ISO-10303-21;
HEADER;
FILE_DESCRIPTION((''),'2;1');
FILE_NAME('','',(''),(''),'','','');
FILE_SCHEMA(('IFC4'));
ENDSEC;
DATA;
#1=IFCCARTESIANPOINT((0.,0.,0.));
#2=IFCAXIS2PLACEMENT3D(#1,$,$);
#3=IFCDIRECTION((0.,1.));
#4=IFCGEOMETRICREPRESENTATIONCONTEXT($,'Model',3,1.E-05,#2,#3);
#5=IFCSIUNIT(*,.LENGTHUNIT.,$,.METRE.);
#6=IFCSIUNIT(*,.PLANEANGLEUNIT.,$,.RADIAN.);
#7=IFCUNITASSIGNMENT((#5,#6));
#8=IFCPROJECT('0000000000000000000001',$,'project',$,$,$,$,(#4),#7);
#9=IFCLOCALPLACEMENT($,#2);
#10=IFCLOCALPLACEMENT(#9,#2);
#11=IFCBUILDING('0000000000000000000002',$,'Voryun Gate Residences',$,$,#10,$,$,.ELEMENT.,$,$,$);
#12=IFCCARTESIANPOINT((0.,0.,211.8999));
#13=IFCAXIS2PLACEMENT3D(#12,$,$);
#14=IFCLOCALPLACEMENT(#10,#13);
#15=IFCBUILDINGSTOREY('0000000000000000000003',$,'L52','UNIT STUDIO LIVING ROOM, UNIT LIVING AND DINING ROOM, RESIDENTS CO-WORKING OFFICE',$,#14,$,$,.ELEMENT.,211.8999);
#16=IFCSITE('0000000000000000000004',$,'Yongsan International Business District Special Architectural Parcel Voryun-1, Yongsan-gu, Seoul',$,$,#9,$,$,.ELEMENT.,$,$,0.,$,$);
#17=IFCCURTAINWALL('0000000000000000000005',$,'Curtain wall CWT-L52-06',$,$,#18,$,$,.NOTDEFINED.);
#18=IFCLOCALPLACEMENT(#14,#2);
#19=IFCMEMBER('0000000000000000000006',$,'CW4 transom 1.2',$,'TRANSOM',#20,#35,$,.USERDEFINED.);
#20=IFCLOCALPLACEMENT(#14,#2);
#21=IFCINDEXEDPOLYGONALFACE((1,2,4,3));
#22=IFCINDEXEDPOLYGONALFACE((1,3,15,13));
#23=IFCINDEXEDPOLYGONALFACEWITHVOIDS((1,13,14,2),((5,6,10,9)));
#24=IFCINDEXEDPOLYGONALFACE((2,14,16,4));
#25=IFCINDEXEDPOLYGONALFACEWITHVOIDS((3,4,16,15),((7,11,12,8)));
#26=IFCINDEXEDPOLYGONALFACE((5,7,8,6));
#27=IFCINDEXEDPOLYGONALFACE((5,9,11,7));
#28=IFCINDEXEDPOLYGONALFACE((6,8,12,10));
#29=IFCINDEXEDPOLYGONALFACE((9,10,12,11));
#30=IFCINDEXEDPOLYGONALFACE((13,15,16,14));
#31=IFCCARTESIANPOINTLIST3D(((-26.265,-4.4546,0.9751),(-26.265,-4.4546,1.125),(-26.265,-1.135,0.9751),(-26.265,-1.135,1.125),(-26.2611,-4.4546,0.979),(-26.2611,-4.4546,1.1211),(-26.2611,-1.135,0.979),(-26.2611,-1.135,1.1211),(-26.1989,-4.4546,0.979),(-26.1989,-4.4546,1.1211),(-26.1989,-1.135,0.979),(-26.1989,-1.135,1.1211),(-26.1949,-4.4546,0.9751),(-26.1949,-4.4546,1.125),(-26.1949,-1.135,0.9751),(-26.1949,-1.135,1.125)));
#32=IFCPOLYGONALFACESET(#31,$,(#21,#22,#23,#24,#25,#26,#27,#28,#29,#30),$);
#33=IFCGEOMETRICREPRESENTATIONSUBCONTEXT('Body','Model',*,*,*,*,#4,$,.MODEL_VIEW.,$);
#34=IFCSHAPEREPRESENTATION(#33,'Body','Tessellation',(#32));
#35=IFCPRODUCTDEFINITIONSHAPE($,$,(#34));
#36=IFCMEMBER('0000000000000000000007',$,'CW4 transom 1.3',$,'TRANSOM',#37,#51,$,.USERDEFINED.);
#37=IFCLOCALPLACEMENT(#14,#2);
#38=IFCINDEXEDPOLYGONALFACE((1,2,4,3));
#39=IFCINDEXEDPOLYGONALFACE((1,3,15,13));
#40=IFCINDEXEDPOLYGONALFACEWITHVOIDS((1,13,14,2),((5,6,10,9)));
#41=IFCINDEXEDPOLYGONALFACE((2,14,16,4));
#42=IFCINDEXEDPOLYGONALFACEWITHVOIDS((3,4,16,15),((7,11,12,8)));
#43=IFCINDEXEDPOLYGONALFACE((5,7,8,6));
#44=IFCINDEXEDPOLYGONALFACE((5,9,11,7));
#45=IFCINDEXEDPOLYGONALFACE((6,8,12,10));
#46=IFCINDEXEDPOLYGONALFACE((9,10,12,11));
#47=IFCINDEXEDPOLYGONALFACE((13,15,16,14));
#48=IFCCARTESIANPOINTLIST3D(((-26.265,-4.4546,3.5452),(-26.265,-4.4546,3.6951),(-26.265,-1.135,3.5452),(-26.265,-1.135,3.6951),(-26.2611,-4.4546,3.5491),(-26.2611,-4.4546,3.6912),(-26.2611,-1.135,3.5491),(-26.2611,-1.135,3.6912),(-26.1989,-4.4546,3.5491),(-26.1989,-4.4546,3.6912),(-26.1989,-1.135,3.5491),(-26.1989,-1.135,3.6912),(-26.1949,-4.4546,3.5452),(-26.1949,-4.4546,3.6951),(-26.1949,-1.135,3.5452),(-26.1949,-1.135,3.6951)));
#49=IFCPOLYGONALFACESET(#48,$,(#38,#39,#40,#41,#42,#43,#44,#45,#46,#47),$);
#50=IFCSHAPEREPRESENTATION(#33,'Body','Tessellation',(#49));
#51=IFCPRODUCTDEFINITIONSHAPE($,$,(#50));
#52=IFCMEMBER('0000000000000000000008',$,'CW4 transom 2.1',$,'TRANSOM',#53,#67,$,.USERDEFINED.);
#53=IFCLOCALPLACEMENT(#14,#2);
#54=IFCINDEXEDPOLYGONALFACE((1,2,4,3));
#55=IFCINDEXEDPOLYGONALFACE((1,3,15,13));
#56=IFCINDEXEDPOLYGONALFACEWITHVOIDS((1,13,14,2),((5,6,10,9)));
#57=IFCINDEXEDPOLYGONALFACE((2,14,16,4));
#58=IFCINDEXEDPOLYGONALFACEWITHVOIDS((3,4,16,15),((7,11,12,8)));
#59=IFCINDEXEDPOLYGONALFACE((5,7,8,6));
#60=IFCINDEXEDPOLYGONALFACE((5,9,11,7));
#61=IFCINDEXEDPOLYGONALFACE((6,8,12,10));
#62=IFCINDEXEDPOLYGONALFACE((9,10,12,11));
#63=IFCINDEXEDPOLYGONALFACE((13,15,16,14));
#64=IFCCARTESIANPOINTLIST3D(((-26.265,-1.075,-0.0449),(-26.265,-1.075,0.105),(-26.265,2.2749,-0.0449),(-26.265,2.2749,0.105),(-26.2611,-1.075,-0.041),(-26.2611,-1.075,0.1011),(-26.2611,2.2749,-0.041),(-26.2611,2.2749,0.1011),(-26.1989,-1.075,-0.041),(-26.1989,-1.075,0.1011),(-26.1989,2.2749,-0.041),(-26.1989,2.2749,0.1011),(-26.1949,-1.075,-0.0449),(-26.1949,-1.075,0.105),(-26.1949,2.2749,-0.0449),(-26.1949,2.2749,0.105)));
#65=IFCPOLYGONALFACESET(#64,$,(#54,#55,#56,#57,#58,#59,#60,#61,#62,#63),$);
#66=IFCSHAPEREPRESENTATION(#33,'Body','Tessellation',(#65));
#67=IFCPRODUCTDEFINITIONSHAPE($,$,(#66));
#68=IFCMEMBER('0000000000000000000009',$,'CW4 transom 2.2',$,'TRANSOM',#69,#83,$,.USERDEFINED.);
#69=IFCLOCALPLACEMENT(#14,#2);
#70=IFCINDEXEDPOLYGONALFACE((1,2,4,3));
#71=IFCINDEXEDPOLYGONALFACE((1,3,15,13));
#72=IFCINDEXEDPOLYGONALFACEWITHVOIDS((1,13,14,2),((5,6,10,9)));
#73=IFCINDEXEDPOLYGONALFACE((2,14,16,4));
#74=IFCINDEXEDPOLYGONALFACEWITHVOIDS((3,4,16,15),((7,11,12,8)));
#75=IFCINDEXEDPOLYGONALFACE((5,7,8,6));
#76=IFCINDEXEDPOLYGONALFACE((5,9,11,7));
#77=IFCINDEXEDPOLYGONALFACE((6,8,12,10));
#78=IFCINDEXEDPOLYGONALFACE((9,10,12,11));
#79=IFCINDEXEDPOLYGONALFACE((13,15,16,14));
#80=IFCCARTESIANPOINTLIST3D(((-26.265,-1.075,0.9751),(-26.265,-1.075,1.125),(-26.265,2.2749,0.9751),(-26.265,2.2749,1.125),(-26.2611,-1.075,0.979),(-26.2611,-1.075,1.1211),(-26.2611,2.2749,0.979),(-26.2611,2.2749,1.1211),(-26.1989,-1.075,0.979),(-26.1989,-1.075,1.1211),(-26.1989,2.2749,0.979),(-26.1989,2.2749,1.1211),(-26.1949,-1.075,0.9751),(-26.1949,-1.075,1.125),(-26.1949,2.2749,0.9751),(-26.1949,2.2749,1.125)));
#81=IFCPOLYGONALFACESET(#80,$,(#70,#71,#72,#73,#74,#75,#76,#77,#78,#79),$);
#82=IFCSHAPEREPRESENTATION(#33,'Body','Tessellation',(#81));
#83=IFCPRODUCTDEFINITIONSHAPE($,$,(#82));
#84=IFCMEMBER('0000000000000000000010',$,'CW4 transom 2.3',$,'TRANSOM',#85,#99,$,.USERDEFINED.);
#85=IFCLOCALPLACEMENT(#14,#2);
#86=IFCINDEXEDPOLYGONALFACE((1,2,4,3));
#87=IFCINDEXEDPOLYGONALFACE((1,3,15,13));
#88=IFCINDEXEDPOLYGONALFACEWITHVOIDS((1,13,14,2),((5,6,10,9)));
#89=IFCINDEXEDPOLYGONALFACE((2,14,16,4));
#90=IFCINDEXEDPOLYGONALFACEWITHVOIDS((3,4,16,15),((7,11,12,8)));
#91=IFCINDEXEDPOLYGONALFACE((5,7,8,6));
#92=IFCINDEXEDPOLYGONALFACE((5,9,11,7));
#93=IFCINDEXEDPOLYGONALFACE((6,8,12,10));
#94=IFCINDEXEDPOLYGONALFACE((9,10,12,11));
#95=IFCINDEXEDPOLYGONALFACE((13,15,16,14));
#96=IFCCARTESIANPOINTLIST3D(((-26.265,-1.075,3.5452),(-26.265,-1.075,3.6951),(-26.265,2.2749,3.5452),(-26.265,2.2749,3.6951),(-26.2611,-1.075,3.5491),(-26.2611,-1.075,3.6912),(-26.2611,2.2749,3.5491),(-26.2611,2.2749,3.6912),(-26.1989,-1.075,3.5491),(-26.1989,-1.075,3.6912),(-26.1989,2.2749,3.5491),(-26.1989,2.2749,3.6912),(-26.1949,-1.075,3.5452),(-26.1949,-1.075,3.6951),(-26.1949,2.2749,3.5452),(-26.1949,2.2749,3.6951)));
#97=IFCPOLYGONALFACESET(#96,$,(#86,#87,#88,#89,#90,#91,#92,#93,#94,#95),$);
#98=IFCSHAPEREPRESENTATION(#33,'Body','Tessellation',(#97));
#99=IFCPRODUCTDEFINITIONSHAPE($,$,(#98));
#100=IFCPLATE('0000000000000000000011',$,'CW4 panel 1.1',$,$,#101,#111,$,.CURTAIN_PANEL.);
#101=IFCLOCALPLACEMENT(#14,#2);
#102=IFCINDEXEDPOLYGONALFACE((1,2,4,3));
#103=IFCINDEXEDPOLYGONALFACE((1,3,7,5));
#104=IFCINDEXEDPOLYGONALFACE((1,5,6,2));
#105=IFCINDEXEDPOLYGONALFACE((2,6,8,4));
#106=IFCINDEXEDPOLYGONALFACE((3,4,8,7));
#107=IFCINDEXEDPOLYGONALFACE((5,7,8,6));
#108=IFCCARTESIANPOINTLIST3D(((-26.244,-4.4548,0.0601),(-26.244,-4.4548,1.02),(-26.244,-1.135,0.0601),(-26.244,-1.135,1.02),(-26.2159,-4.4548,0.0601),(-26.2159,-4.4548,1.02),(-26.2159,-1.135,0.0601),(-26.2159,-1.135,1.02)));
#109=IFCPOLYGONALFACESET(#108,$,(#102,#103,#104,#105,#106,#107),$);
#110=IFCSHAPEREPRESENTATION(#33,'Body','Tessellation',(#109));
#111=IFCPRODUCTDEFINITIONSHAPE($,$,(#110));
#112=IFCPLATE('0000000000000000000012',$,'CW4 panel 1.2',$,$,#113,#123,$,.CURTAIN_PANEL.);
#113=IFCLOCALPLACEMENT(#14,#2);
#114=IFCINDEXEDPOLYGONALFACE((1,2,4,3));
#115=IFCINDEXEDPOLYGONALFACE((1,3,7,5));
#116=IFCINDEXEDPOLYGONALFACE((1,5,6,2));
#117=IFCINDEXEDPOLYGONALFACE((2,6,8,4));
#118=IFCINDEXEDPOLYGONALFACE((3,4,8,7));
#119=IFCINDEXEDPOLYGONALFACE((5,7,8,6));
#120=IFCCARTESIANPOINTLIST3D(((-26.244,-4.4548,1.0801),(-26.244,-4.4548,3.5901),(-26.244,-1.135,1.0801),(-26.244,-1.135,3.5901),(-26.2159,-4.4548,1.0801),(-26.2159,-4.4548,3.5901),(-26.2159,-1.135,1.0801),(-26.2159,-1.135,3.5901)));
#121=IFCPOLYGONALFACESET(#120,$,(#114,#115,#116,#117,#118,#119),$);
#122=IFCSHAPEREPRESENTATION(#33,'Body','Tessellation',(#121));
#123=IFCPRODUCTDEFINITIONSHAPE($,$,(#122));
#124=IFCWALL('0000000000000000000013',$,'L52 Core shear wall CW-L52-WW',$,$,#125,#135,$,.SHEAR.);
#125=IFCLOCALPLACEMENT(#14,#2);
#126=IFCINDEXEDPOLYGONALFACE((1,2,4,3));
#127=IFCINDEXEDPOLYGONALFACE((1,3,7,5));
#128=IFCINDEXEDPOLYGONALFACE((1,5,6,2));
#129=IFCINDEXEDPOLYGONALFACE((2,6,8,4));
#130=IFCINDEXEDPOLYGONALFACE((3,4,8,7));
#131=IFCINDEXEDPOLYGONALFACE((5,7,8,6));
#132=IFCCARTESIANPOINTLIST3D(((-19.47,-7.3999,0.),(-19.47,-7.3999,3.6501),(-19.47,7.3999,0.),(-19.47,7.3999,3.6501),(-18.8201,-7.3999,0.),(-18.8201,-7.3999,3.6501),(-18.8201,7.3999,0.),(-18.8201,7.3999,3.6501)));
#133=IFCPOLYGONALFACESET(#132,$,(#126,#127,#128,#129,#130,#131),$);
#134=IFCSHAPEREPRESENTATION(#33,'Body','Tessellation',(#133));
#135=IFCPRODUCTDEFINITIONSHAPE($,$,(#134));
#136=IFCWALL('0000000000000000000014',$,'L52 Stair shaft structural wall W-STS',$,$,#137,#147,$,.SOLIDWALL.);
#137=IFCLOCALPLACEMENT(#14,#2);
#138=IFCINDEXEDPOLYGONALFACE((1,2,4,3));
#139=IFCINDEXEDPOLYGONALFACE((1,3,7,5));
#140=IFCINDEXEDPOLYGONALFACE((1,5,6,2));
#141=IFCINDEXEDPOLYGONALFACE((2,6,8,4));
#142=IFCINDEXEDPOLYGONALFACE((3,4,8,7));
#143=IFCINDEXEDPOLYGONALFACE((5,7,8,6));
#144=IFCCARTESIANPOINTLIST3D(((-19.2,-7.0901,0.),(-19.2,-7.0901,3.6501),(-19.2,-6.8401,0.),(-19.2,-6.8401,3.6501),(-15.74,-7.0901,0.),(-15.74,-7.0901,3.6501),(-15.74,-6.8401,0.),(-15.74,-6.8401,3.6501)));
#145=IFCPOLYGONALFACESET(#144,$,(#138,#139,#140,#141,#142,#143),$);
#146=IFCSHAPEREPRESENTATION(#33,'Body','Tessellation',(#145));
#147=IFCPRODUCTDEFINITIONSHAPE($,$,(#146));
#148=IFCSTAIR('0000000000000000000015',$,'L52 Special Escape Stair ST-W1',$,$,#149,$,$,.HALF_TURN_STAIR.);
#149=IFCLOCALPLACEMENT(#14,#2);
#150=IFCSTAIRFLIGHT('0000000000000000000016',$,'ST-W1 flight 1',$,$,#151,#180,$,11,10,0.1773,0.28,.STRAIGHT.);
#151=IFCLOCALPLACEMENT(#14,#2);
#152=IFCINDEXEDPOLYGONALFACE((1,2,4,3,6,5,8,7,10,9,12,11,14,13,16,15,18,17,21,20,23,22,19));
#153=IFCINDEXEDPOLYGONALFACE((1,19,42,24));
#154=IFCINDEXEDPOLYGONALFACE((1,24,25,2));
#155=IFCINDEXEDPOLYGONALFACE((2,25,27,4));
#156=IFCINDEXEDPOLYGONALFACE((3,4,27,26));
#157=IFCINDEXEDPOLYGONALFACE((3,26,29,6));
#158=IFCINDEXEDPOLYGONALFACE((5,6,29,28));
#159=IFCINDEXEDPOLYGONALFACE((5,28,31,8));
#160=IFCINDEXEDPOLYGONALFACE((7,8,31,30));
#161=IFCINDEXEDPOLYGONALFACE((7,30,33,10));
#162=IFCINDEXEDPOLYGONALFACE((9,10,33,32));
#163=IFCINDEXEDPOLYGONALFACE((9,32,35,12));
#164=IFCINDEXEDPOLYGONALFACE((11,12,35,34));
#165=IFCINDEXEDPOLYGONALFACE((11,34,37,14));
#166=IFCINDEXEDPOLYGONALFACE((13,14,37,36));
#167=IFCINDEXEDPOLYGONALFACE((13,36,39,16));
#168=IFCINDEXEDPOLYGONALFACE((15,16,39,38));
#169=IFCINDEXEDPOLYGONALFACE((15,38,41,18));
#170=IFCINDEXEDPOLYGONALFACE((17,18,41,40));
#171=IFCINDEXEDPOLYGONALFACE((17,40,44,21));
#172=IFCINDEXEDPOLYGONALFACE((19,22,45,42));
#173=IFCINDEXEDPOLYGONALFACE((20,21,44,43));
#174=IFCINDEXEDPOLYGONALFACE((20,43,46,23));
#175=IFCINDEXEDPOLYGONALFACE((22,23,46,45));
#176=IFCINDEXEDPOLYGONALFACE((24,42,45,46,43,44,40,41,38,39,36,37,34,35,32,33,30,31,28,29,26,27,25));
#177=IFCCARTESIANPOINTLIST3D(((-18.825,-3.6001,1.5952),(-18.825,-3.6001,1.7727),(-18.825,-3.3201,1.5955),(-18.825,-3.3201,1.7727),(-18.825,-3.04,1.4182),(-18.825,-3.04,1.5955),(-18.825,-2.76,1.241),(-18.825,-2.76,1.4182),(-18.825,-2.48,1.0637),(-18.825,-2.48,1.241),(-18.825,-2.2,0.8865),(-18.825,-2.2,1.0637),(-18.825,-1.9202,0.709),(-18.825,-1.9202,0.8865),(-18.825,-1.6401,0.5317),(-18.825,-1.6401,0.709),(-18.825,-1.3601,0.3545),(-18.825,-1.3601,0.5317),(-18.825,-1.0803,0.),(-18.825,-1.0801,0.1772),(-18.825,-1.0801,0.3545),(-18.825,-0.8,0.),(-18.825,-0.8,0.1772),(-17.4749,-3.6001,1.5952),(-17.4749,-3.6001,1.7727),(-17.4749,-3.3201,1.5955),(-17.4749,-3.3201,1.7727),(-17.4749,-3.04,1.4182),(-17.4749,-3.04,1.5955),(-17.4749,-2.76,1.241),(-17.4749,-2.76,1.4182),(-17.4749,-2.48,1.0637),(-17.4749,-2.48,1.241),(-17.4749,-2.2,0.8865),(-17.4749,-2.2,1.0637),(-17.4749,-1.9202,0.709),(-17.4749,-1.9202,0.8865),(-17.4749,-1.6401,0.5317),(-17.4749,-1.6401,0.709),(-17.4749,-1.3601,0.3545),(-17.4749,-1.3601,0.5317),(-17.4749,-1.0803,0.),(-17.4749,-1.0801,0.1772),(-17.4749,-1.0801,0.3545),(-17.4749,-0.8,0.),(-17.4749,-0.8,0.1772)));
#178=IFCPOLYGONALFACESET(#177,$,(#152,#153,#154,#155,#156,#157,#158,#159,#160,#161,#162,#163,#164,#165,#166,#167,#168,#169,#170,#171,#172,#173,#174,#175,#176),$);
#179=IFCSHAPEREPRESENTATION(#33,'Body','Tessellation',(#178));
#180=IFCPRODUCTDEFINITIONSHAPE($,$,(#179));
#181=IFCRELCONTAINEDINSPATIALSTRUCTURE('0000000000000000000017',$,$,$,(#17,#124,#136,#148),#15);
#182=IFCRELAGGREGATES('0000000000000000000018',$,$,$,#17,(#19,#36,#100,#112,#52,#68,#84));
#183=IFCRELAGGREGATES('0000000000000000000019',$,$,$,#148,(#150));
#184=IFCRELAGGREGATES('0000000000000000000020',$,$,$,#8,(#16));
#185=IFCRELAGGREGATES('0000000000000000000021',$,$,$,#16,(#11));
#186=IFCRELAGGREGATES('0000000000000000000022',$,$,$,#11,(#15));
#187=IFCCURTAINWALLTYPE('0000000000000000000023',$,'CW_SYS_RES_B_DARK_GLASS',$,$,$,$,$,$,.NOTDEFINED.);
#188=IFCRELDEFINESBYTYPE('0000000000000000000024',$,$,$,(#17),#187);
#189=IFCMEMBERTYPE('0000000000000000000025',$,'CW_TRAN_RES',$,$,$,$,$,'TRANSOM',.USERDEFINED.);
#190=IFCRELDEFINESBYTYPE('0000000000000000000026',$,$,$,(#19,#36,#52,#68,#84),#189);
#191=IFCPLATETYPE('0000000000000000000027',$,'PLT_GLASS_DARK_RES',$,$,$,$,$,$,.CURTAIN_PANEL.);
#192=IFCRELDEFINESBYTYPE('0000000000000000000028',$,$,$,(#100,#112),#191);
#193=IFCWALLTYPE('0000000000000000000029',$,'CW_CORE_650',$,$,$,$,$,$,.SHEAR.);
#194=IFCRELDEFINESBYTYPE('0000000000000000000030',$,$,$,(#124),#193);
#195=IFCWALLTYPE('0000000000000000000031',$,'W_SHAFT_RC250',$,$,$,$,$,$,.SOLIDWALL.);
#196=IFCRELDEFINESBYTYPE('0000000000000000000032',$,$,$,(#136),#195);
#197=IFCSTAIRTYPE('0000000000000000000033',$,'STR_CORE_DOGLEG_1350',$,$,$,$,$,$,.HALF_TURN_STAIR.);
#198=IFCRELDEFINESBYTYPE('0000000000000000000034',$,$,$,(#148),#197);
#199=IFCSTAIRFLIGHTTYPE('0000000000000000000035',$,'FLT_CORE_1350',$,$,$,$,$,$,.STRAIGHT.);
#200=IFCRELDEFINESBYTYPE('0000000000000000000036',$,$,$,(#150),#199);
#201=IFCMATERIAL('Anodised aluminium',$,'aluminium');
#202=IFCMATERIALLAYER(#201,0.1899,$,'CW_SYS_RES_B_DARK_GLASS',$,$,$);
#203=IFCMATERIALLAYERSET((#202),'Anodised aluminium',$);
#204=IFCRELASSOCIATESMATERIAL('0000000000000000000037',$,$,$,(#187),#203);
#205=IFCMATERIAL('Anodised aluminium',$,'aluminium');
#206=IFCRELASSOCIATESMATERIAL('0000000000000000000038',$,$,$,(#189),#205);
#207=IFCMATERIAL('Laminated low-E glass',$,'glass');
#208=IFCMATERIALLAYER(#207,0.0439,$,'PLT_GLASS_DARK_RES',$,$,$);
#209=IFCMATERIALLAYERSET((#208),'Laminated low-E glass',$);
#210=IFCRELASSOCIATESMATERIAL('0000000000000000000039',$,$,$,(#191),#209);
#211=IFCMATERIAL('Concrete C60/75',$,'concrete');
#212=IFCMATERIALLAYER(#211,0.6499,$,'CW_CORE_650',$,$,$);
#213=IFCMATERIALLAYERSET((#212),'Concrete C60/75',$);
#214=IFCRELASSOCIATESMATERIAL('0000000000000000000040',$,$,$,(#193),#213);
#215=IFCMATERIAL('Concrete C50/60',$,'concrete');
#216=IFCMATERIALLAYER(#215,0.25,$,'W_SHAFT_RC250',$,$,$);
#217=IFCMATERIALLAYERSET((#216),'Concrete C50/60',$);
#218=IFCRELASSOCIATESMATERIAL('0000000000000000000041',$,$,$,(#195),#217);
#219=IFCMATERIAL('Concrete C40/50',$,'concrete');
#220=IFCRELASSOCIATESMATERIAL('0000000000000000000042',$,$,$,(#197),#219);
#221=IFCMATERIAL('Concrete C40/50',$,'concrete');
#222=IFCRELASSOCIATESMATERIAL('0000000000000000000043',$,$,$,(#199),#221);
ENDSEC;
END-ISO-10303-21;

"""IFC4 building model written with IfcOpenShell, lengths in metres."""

from ifc_helpers import new_model, si_unit, direction, frame, frame_2d, origin, origin_2d, place, context, subcontext, project, spatial, polyline, rectangle, hollow_rectangle, outline, extrude, material, layer, layer_set, material_profile, profile_set, type_object, element, aggregate, save


model = new_model("IFC4")

# Units and contexts
model_context = context("Model", 3, precision=1e-05, world=origin(), true_north=direction((0.0, 1.0)))
body_context = subcontext(model_context, "Body", "Model", "MODEL_VIEW")
ifc_project = project(units=[si_unit("LENGTHUNIT", "METRE"), si_unit("PLANEANGLEUNIT", "RADIAN")], contexts=[model_context])

# Site, building, storey
site_placement = place(None, origin())
site = spatial("IfcSite", under=ifc_project, at=site_placement, Name="Yongsan International Business District Special Architectural Parcel Voryun-1, Yongsan-gu, Seoul", CompositionType="ELEMENT", RefElevation=0.0)
building_placement = place(site_placement, origin())
building = spatial("IfcBuilding", under=site, at=building_placement, Name="Voryun Gate Residences", CompositionType="ELEMENT")
storey_placement = place(building_placement, frame((0.0, 0.0, 211.8999)))
storey = spatial("IfcBuildingStorey", under=building, at=storey_placement, Name="L52", Description="UNIT STUDIO LIVING ROOM, UNIT LIVING AND DINING ROOM, RESIDENTS CO-WORKING OFFICE", CompositionType="ELEMENT", Elevation=211.8999)

# Curtain wall, members, plates
ifc_material_1 = material(Name="Anodised aluminium", Category="aluminium")
ifc_layer_1 = layer(ifc_material_1, 0.1899, Name="CW_SYS_RES_B_DARK_GLASS")
ifc_layer_set_1 = layer_set([ifc_layer_1], Name="Anodised aluminium")
curtain_wall_type = type_object("IfcCurtainWallType", Name="CW_SYS_RES_B_DARK_GLASS", PredefinedType="NOTDEFINED", material=ifc_layer_set_1)
curtain_wall_placement = place(storey_placement, origin())
curtain_wall = element("IfcCurtainWall", 1, at=curtain_wall_placement, inside=storey, type_object=curtain_wall_type, Name="Curtain wall CWT-L52-06", PredefinedType="NOTDEFINED")
ifc_material_2 = material(Name="Anodised aluminium", Category="aluminium")
ifc_material_profile_1 = material_profile(ifc_material_2, hollow_rectangle(XDim=0.0701, YDim=0.1499, WallThickness=0.0039, at=origin_2d()), Name="ALU-TRAN-150x70x4")
ifc_profile_set_1 = profile_set([ifc_material_profile_1], Name="Anodised aluminium")
member_type_1 = type_object("IfcMemberType", Name="CW_TRAN_RES", ElementType="TRANSOM", PredefinedType="USERDEFINED", material=ifc_profile_set_1)
member_1_placement = place(storey_placement, frame((-26.23, -4.4546, 1.05), z_axis=(0.0, 1.0, 0.0), x_axis=(-1.0, 0.0, 0.0)))
member_1 = element("IfcMember", 2, at=member_1_placement, type_object=member_type_1, Name="CW4 transom 1.2", ObjectType="TRANSOM", PredefinedType="USERDEFINED", context=body_context, shape_type="SweptSolid", body=[
    extrude(hollow_rectangle(XDim=0.0701, YDim=0.1499, WallThickness=0.0039, at=origin_2d()), origin(), (0.0, 0.0, 1.0), 3.3196),
])
member_2_placement = place(storey_placement, frame((-26.23, -4.4546, 3.6201), z_axis=(0.0, 1.0, 0.0), x_axis=(-1.0, 0.0, 0.0)))
member_2 = element("IfcMember", 3, at=member_2_placement, type_object=member_type_1, Name="CW4 transom 1.3", ObjectType="TRANSOM", PredefinedType="USERDEFINED", context=body_context, shape_type="SweptSolid", body=[
    extrude(hollow_rectangle(XDim=0.0701, YDim=0.1499, WallThickness=0.0039, at=origin_2d()), origin(), (0.0, 0.0, 1.0), 3.3196),
])
member_3_placement = place(storey_placement, frame((-26.23, -1.075, 0.03), z_axis=(0.0, 1.0, 0.0), x_axis=(-1.0, 0.0, 0.0)))
member_3 = element("IfcMember", 4, at=member_3_placement, type_object=member_type_1, Name="CW4 transom 2.1", ObjectType="TRANSOM", PredefinedType="USERDEFINED", context=body_context, shape_type="SweptSolid", body=[
    extrude(hollow_rectangle(XDim=0.0701, YDim=0.1499, WallThickness=0.0039, at=origin_2d()), origin(), (0.0, 0.0, 1.0), 3.3499),
])
member_4_placement = place(storey_placement, frame((-26.23, -1.075, 1.05), z_axis=(0.0, 1.0, 0.0), x_axis=(-1.0, 0.0, 0.0)))
member_4 = element("IfcMember", 5, at=member_4_placement, type_object=member_type_1, Name="CW4 transom 2.2", ObjectType="TRANSOM", PredefinedType="USERDEFINED", context=body_context, shape_type="SweptSolid", body=[
    extrude(hollow_rectangle(XDim=0.0701, YDim=0.1499, WallThickness=0.0039, at=origin_2d()), origin(), (0.0, 0.0, 1.0), 3.3499),
])
member_5_placement = place(storey_placement, frame((-26.23, -1.075, 3.6201), z_axis=(0.0, 1.0, 0.0), x_axis=(-1.0, 0.0, 0.0)))
member_5 = element("IfcMember", 6, at=member_5_placement, type_object=member_type_1, Name="CW4 transom 2.3", ObjectType="TRANSOM", PredefinedType="USERDEFINED", context=body_context, shape_type="SweptSolid", body=[
    extrude(hollow_rectangle(XDim=0.0701, YDim=0.1499, WallThickness=0.0039, at=origin_2d()), origin(), (0.0, 0.0, 1.0), 3.3499),
])
ifc_material_3 = material(Name="Laminated low-E glass", Category="glass")
ifc_layer_2 = layer(ifc_material_3, 0.0439, Name="PLT_GLASS_DARK_RES")
ifc_layer_set_2 = layer_set([ifc_layer_2], Name="Laminated low-E glass")
plate_type = type_object("IfcPlateType", Name="PLT_GLASS_DARK_RES", PredefinedType="CURTAIN_PANEL", material=ifc_layer_set_2)
plate_1_placement = place(storey_placement, frame((-26.23, -2.7949, 0.0601), z_axis=(0.0, 0.0, 1.0), x_axis=(0.0, 1.0, 0.0)))
plate_1 = element("IfcPlate", 7, at=plate_1_placement, type_object=plate_type, Name="CW4 panel 1.1", PredefinedType="CURTAIN_PANEL", context=body_context, shape_type="SweptSolid", body=[
    extrude(rectangle(XDim=3.3198, YDim=0.0281, at=origin_2d()), origin(), (0.0, 0.0, 1.0), 0.96),
])
plate_2_placement = place(storey_placement, frame((-26.23, -2.7949, 1.0801), z_axis=(0.0, 0.0, 1.0), x_axis=(0.0, 1.0, 0.0)))
plate_2 = element("IfcPlate", 8, at=plate_2_placement, type_object=plate_type, Name="CW4 panel 1.2", PredefinedType="CURTAIN_PANEL", context=body_context, shape_type="SweptSolid", body=[
    extrude(rectangle(XDim=3.3198, YDim=0.0281, at=origin_2d()), origin(), (0.0, 0.0, 1.0), 2.51),
])
aggregate(curtain_wall, [member_1, member_2, plate_1, plate_2, member_3, member_4, member_5])

# Walls
ifc_material_4 = material(Name="Concrete C60/75", Category="concrete")
ifc_layer_3 = layer(ifc_material_4, 0.6499, Name="CW_CORE_650")
ifc_layer_set_3 = layer_set([ifc_layer_3], Name="Concrete C60/75")
wall_type_1 = type_object("IfcWallType", Name="CW_CORE_650", PredefinedType="SHEAR", material=ifc_layer_set_3)
wall_1_placement = place(storey_placement, frame((-19.145, -7.3999, 0.0), z_axis=(0.0, 0.0, 1.0), x_axis=(0.0, 1.0, 0.0)))
element("IfcWall", 9, at=wall_1_placement, inside=storey, type_object=wall_type_1, Name="L52 Core shear wall CW-L52-WW", PredefinedType="SHEAR", context=body_context, shape_type="SweptSolid", body=[
    extrude(rectangle(XDim=14.7998, YDim=0.6499, at=frame_2d((7.3999, 0.0))), origin(), (0.0, 0.0, 1.0), 3.6501),
])
ifc_material_5 = material(Name="Concrete C50/60", Category="concrete")
ifc_layer_4 = layer(ifc_material_5, 0.25, Name="W_SHAFT_RC250")
ifc_layer_set_4 = layer_set([ifc_layer_4], Name="Concrete C50/60")
wall_type_2 = type_object("IfcWallType", Name="W_SHAFT_RC250", PredefinedType="SOLIDWALL", material=ifc_layer_set_4)
wall_2_placement = place(storey_placement, frame((-19.2, -6.9651, 0.0), z_axis=(0.0, 0.0, 1.0), x_axis=(1.0, 0.0, 0.0)))
element("IfcWall", 10, at=wall_2_placement, inside=storey, type_object=wall_type_2, Name="L52 Stair shaft structural wall W-STS", PredefinedType="SOLIDWALL", context=body_context, shape_type="SweptSolid", body=[
    extrude(rectangle(XDim=3.46, YDim=0.25, at=frame_2d((1.73, 0.0))), origin(), (0.0, 0.0, 1.0), 3.6501),
])

# Stair, stair flight
ifc_material_6 = material(Name="Concrete C40/50", Category="concrete")
stair_type = type_object("IfcStairType", Name="STR_CORE_DOGLEG_1350", PredefinedType="HALF_TURN_STAIR", material=ifc_material_6)
stair_placement = place(storey_placement, origin())
stair = element("IfcStair", 11, at=stair_placement, inside=storey, type_object=stair_type, Name="L52 Special Escape Stair ST-W1", PredefinedType="HALF_TURN_STAIR")
ifc_material_7 = material(Name="Concrete C40/50", Category="concrete")
stair_flight_type = type_object("IfcStairFlightType", Name="FLT_CORE_1350", PredefinedType="STRAIGHT", material=ifc_material_7)
stair_flight_placement = place(storey_placement, frame((-18.1499, -0.8, 0.0), z_axis=(0.0, 0.0, 1.0), x_axis=(0.0, -1.0, 0.0)))
stair_flight = element("IfcStairFlight", 12, at=stair_flight_placement, type_object=stair_flight_type, Name="ST-W1 flight 1", NumberOfRisers=11, NumberOfTreads=10, PredefinedType="STRAIGHT", RiserHeight=0.1773, TreadLength=0.28, context=body_context, shape_type="SweptSolid", body=[
    extrude(outline(polyline([(0.0, 0.0), (0.0, 0.1772), (0.28, 0.1772), (0.28, 0.3545), (0.5601, 0.3545), (0.5601, 0.5317), (0.8401, 0.5317), (0.8401, 0.709), (1.1201, 0.709), (1.1201, 0.8865), (1.3999, 0.8865), (1.3999, 1.0637), (1.6799, 1.0637), (1.6799, 1.241), (1.96, 1.241), (1.96, 1.4182), (2.24, 1.4182), (2.24, 1.5955), (2.52, 1.5955), (2.52, 1.7727), (2.8, 1.7727), (2.8, 1.95), (2.8, 1.5952), (0.2803, 0.0), (0.0, 0.0)])), frame((0.0, 0.675, 0.0), z_axis=(0.0, -1.0, 0.0), x_axis=(1.0, 0.0, 0.0)), (0.0, 0.0, 1.0), 1.3501),
])
aggregate(stair, [stair_flight])

save(model, "model.ifc")
